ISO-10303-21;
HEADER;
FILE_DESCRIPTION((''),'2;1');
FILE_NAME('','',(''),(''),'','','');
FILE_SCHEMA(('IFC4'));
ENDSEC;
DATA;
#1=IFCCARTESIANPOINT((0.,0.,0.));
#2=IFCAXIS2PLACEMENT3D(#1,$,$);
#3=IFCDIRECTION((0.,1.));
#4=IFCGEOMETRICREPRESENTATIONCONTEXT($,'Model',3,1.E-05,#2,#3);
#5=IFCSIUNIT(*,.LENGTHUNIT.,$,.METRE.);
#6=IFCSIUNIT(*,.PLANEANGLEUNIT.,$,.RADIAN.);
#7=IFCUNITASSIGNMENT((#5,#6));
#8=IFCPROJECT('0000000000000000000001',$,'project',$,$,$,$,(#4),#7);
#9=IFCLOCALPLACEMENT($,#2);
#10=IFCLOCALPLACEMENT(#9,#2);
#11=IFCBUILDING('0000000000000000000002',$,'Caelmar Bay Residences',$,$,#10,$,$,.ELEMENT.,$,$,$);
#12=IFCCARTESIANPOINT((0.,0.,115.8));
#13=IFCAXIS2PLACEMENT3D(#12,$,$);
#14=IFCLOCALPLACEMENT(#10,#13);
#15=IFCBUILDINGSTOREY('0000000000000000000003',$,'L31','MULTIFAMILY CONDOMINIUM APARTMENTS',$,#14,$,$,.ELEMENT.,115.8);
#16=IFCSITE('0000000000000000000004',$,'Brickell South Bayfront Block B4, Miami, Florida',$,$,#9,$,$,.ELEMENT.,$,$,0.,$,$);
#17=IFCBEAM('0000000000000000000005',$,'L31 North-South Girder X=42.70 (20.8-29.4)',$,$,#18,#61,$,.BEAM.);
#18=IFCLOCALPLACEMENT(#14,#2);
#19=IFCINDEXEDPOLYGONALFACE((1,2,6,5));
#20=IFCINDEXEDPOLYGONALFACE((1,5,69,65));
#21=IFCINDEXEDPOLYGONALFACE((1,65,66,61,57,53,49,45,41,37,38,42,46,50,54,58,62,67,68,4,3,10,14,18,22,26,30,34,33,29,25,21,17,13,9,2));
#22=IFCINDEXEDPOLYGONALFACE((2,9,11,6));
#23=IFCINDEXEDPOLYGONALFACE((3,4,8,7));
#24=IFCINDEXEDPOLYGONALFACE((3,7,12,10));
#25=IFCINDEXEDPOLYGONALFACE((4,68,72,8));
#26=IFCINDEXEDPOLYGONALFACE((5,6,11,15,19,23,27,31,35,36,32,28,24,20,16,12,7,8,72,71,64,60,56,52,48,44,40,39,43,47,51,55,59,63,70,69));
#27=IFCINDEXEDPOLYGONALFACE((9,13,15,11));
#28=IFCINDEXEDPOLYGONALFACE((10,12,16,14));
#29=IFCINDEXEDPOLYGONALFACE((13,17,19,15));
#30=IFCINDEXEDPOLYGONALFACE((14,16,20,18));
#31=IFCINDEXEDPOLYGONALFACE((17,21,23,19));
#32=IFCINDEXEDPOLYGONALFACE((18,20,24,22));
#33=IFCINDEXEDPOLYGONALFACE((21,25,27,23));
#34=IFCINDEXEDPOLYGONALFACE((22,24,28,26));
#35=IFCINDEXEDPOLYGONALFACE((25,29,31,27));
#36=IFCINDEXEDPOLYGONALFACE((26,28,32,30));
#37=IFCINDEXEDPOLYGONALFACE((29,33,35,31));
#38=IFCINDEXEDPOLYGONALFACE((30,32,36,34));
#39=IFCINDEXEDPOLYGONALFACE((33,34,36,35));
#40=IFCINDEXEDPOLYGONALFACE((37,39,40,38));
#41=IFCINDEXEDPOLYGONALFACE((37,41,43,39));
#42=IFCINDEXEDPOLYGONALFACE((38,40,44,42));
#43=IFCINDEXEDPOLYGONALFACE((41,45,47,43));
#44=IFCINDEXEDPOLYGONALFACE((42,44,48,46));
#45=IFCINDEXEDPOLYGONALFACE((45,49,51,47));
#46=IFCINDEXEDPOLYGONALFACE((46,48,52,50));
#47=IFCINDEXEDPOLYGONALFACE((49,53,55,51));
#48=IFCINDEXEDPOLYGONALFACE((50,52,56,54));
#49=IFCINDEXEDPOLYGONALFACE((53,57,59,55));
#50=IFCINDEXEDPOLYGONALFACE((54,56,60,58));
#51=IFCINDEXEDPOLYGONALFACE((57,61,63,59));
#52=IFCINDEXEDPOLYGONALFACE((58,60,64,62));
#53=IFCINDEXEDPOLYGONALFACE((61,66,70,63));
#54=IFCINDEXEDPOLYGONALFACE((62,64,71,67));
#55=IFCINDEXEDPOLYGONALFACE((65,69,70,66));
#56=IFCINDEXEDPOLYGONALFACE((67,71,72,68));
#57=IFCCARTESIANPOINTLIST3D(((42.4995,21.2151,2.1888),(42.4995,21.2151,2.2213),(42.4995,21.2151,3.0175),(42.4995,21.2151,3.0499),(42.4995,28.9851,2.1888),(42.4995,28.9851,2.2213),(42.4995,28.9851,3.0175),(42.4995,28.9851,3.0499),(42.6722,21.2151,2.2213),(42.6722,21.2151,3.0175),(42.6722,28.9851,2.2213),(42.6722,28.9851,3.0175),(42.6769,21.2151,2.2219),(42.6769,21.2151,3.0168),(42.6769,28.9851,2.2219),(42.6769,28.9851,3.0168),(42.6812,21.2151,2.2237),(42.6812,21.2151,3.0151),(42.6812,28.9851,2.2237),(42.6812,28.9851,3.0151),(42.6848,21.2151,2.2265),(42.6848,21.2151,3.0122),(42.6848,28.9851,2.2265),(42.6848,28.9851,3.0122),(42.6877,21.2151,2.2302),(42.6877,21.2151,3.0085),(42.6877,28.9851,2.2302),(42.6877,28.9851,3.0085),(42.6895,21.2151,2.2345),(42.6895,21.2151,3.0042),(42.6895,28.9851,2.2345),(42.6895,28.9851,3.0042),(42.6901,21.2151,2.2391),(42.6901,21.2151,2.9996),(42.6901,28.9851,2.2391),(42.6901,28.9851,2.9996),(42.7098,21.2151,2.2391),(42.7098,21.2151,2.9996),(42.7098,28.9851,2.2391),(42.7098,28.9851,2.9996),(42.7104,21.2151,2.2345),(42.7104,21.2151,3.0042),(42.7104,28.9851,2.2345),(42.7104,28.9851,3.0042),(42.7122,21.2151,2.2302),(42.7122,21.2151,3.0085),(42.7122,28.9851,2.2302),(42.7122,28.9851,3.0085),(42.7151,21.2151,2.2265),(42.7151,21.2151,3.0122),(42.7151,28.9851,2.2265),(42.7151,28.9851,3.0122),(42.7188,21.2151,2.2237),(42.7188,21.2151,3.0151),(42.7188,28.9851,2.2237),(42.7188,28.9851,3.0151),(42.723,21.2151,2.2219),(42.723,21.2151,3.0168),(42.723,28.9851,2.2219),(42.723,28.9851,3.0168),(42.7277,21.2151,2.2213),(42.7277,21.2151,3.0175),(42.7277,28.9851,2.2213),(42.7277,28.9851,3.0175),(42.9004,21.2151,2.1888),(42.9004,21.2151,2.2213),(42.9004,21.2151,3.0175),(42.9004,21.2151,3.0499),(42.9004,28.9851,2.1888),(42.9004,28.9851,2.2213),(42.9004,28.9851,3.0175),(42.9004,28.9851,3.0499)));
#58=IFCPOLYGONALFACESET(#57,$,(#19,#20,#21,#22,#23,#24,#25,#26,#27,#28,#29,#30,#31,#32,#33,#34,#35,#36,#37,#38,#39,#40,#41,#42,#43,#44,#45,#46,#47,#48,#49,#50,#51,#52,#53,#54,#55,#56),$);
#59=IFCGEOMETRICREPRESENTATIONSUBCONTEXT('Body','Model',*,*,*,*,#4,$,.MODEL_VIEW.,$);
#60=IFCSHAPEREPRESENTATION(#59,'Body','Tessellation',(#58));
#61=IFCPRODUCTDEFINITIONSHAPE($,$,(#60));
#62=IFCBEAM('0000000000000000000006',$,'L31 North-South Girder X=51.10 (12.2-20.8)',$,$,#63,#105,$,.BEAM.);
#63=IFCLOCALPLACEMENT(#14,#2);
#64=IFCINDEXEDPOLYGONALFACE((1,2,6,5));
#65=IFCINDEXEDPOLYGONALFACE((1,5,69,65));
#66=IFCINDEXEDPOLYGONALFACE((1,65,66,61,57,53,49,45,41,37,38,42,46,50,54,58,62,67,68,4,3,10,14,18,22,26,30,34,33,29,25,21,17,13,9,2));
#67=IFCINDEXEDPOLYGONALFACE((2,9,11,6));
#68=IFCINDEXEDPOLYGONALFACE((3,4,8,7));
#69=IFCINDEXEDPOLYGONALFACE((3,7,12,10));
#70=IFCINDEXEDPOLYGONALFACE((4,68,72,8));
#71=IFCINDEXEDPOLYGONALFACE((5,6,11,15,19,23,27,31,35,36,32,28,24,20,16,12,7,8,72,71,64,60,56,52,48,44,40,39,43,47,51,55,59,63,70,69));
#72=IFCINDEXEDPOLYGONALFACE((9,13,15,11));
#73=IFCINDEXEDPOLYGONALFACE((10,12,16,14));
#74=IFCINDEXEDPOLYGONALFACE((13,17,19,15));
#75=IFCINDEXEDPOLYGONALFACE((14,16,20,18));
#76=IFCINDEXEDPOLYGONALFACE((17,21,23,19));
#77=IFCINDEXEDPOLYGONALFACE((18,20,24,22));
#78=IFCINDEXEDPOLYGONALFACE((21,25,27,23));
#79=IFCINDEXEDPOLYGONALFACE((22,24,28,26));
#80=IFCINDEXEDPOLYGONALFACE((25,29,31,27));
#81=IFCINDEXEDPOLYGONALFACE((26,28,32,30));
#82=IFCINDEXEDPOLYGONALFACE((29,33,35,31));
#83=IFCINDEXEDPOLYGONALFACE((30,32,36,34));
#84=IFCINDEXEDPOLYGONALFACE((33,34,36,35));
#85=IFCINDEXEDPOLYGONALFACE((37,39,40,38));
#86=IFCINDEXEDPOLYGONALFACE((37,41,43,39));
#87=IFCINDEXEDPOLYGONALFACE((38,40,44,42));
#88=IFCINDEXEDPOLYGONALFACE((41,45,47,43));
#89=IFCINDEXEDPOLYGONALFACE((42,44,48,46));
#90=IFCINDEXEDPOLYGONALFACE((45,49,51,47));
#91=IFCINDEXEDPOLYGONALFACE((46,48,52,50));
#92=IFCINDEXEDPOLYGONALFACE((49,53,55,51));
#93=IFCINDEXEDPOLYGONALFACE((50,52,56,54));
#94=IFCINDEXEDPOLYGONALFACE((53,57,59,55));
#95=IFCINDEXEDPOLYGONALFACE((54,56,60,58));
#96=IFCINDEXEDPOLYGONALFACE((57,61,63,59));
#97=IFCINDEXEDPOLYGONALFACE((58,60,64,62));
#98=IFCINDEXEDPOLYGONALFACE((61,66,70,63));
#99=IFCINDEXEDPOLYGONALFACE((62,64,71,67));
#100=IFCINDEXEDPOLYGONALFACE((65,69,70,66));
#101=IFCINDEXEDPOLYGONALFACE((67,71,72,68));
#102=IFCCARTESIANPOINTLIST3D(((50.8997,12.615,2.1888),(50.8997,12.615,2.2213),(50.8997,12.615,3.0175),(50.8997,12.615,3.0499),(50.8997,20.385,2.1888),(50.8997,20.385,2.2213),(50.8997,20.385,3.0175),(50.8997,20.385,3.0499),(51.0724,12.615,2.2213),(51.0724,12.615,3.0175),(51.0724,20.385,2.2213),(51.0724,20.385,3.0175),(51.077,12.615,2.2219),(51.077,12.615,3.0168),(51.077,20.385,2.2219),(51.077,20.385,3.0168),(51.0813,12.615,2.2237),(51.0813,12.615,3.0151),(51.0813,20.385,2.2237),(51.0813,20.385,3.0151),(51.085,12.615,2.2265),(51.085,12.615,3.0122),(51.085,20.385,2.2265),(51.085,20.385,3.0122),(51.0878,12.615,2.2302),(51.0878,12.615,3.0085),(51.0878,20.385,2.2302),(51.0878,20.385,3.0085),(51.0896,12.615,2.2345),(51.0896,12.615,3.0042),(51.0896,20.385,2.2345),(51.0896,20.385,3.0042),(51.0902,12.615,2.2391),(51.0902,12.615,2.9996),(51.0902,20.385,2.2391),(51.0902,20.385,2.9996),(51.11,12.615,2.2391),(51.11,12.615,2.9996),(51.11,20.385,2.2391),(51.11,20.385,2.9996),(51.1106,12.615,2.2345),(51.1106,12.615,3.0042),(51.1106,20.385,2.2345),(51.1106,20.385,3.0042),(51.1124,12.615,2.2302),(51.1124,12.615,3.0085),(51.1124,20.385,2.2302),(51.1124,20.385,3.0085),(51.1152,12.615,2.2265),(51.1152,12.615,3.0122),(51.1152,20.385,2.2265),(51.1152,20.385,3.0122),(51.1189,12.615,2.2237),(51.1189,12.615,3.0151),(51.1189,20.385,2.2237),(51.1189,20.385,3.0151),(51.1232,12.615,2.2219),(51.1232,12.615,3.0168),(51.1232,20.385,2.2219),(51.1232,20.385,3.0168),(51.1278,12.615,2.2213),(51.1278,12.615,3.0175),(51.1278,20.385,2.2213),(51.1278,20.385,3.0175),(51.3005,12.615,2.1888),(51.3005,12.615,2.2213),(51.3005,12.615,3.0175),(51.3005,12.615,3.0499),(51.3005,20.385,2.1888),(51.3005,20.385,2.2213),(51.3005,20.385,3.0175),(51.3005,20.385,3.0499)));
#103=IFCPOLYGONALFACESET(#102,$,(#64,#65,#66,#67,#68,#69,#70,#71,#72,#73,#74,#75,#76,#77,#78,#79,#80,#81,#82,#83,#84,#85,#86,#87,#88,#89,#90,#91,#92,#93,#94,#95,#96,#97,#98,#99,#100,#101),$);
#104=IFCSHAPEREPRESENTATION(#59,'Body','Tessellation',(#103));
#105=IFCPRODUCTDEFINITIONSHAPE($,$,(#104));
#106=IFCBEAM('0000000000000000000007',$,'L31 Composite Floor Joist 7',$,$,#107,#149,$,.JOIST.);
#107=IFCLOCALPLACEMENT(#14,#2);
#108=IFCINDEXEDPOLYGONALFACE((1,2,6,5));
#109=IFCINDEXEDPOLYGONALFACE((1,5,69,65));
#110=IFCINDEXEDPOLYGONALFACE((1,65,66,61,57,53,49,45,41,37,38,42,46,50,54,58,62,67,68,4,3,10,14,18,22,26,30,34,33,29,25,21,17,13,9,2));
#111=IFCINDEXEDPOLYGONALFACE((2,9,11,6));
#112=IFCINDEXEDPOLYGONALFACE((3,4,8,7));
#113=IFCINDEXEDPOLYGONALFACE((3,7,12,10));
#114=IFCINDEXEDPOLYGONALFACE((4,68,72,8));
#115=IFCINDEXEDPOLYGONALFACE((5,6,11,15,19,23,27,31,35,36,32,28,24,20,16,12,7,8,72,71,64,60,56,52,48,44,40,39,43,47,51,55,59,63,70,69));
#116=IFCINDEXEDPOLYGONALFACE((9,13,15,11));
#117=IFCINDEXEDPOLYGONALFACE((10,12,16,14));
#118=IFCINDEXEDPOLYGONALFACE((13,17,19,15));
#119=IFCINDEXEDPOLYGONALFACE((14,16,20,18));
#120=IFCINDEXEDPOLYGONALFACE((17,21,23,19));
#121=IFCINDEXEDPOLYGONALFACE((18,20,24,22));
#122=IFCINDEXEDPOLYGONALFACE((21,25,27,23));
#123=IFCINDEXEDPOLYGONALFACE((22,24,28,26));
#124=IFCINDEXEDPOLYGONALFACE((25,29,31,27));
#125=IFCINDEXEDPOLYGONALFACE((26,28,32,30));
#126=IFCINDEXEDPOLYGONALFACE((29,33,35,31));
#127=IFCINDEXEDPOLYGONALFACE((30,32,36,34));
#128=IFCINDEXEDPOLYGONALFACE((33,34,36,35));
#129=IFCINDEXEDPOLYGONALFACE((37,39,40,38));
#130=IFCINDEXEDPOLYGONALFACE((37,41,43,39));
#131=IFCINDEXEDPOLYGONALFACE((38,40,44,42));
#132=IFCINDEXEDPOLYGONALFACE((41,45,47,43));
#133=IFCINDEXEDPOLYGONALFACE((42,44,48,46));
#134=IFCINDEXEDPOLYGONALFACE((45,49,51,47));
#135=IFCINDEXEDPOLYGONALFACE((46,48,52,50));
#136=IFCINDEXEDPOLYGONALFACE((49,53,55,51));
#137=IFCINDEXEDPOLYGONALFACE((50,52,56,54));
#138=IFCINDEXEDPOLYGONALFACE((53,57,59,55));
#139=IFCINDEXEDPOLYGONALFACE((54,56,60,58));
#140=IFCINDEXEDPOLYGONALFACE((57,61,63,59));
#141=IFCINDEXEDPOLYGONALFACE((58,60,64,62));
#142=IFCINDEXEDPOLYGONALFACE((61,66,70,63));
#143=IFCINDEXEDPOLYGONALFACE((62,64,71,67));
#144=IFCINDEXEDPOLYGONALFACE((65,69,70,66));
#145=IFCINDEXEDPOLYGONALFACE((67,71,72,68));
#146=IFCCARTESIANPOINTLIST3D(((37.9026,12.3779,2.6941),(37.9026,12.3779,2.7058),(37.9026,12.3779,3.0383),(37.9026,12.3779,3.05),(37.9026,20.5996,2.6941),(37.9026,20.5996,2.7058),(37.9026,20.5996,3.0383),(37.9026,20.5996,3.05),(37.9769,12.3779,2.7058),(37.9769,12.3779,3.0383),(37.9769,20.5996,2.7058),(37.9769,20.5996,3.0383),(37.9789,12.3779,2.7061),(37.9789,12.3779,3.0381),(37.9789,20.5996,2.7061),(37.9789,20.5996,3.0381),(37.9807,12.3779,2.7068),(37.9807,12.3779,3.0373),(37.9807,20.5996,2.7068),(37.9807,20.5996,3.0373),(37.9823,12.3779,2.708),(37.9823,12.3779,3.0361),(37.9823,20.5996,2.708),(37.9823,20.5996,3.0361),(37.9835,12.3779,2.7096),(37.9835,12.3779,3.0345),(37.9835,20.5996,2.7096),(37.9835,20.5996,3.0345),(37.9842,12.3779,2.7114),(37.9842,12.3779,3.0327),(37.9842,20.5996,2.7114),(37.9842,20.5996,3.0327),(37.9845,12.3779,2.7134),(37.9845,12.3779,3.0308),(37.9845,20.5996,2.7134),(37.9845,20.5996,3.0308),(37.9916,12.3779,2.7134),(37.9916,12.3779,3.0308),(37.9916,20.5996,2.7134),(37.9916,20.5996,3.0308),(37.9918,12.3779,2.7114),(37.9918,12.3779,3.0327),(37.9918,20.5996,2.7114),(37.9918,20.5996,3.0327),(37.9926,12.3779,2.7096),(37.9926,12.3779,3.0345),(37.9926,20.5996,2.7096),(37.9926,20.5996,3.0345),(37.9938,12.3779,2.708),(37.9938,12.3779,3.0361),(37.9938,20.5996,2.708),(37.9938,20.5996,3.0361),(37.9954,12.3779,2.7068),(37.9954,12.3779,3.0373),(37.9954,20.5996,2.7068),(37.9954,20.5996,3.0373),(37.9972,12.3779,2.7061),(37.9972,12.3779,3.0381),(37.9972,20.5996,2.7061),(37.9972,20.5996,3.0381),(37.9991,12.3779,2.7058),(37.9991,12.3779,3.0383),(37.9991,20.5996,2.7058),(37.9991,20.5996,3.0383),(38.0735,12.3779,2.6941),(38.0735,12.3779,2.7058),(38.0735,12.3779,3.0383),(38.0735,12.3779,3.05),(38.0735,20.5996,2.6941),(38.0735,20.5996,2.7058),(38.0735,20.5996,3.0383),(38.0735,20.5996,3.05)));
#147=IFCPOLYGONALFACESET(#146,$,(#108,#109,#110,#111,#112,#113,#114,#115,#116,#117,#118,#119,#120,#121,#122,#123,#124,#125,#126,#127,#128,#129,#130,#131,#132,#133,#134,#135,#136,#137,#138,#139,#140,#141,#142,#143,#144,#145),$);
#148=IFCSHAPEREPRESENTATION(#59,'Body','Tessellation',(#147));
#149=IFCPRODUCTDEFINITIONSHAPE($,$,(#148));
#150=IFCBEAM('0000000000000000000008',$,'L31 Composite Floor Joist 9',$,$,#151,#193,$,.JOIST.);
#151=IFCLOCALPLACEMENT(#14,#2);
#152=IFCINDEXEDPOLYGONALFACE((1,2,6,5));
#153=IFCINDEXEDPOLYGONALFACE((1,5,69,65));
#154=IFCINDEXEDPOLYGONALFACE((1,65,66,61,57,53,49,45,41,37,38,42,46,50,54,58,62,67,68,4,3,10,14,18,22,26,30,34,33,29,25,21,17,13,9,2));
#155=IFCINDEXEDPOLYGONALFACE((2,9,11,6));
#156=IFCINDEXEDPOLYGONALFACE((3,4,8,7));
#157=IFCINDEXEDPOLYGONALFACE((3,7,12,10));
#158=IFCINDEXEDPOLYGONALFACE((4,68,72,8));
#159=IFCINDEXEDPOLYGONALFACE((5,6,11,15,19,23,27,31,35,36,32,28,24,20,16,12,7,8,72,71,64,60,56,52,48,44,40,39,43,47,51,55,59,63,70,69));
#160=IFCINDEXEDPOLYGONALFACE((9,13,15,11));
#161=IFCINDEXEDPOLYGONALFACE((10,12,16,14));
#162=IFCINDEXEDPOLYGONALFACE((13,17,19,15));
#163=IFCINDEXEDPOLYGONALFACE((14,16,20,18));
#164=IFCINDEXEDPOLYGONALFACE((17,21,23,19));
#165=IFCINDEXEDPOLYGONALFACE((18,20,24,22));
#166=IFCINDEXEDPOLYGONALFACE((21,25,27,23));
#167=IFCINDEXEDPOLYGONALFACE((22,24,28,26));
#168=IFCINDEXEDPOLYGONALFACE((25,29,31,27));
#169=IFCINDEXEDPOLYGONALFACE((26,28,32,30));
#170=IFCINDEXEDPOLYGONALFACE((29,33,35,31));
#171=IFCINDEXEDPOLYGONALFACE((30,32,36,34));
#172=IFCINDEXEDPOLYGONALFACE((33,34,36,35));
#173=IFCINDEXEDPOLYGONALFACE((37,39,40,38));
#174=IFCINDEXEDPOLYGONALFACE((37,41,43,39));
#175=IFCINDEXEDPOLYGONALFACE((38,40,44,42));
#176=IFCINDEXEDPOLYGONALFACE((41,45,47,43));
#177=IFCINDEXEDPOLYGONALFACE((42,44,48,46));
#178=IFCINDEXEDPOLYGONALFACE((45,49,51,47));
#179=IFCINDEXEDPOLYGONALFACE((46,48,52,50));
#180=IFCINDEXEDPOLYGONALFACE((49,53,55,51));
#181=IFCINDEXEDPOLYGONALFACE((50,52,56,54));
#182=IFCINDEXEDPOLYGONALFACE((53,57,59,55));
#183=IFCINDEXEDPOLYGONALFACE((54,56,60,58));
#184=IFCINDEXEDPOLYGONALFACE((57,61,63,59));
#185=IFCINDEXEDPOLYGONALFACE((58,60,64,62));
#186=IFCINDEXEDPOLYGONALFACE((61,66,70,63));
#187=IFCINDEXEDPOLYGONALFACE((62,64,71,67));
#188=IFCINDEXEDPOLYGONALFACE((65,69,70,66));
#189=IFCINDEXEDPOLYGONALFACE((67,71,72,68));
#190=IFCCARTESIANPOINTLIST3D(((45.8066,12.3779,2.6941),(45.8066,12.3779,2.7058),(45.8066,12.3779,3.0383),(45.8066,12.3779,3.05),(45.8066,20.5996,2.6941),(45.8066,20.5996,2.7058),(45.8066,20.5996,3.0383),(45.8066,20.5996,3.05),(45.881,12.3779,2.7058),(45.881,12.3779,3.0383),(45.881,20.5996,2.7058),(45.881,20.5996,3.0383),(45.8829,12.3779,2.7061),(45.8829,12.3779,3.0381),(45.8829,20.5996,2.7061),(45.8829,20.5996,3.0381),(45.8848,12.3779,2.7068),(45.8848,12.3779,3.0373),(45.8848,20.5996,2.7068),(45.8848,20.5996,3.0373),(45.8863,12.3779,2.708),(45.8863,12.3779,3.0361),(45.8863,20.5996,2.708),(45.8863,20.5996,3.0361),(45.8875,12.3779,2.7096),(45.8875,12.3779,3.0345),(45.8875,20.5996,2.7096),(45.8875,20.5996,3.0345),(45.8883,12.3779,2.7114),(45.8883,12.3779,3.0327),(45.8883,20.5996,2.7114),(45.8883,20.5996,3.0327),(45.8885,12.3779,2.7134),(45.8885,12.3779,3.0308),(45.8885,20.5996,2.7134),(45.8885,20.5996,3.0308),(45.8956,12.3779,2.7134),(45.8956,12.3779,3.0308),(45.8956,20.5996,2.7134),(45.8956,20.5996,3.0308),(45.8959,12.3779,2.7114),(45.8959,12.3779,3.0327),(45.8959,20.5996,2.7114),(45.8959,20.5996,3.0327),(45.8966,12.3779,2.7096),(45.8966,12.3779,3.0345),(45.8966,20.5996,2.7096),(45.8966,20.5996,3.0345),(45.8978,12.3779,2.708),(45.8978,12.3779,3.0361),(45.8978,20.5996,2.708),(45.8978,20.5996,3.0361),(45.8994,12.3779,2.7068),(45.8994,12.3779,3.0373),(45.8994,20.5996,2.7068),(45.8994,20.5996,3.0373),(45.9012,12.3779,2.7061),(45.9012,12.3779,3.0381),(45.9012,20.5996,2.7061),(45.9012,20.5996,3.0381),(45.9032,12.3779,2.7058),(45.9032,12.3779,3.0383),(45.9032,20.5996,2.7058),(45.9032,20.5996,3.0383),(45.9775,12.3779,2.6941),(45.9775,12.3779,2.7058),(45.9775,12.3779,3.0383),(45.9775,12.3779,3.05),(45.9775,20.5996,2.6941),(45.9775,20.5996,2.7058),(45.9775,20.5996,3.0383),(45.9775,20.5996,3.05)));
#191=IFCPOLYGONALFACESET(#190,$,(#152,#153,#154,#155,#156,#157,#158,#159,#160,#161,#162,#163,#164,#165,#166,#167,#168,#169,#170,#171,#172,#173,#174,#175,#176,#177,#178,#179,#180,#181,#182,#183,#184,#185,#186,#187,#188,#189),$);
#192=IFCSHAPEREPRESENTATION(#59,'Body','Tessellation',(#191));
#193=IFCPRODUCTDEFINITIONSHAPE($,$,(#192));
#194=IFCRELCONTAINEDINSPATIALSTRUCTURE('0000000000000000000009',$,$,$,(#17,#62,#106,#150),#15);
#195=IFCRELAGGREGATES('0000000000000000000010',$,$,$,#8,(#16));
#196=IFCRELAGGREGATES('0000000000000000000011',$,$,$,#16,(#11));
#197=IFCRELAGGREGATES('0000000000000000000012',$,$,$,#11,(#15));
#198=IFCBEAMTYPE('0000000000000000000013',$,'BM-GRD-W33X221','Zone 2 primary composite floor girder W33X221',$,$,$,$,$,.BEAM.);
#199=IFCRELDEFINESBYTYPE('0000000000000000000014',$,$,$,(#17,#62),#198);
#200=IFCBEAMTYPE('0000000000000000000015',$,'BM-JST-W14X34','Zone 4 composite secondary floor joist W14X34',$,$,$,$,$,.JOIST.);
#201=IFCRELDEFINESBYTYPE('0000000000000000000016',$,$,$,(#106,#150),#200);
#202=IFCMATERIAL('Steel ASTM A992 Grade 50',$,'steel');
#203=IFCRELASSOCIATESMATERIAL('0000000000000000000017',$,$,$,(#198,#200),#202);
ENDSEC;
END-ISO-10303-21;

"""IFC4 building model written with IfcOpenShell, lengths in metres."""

from ifc_helpers import new_model, si_unit, direction, frame, origin, origin_2d, place, context, subcontext, project, spatial, i_section, extrude, material, material_profile, profile_set, type_object, element, save


model = new_model("IFC4")

# Units and contexts
model_context = context("Model", 3, precision=1e-05, world=origin(), true_north=direction((0.0, 1.0)))
body_context = subcontext(model_context, "Body", "Model", "MODEL_VIEW")
ifc_project = project(units=[si_unit("LENGTHUNIT", "METRE"), si_unit("PLANEANGLEUNIT", "RADIAN")], contexts=[model_context])

# Site, building, storey
site_placement = place(None, origin())
site = spatial("IfcSite", under=ifc_project, at=site_placement, Name="Brickell South Bayfront Block B4, Miami, Florida", CompositionType="ELEMENT", RefElevation=0.0)
building_placement = place(site_placement, origin())
building = spatial("IfcBuilding", under=site, at=building_placement, Name="Caelmar Bay Residences", CompositionType="ELEMENT")
storey_placement = place(building_placement, frame((0.0, 0.0, 115.8)))
storey = spatial("IfcBuildingStorey", under=building, at=storey_placement, Name="L31", Description="MULTIFAMILY CONDOMINIUM APARTMENTS", CompositionType="ELEMENT", Elevation=115.8)

# Beams
ifc_material_1 = material(Name="Steel ASTM A992 Grade 50", Category="steel")
ifc_material_profile_1 = material_profile(ifc_material_1, i_section(OverallWidth=0.4009, OverallDepth=0.8611, WebThickness=0.0198, FlangeThickness=0.0325, FilletRadius=0.0178, at=origin_2d()), Name="W33X221")
ifc_profile_set_1 = profile_set([ifc_material_profile_1], Name="Steel ASTM A992 Grade 50")
beam_type_1 = type_object("IfcBeamType", Name="BM-GRD-W33X221", Description="Zone 2 primary composite floor girder W33X221", PredefinedType="BEAM", material=ifc_profile_set_1)
for number, where, z_axis, x_axis, name in (
    (1, (42.7, 21.2151, 2.6194), (0.0, 1.0, 0.0), (-1.0, 0.0, 0.0), "L31 North-South Girder X=42.70 (20.8-29.4)"),
    (2, (51.1001, 12.615, 2.6194), (0.0, 1.0, 0.0), (-1.0, 0.0, 0.0), "L31 North-South Girder X=51.10 (12.2-20.8)"),
):
    element("IfcBeam", number, at=place(storey_placement, frame(where, z_axis=z_axis, x_axis=x_axis)), inside=storey, type_object=beam_type_1, Name=name, PredefinedType="BEAM", context=body_context, shape_type="SweptSolid", body=[
        extrude(i_section(OverallWidth=0.4009, OverallDepth=0.8611, WebThickness=0.0198, FlangeThickness=0.0325, FilletRadius=0.0178, at=origin_2d()), origin(), (0.0, 0.0, 1.0), 7.77),
    ])
ifc_material_profile_2 = material_profile(ifc_material_1, i_section(OverallWidth=0.1709, OverallDepth=0.356, WebThickness=0.0071, FlangeThickness=0.0117, FilletRadius=0.0076, at=origin_2d()), Name="W14X34")
ifc_profile_set_2 = profile_set([ifc_material_profile_2], Name="Steel ASTM A992 Grade 50")
beam_type_2 = type_object("IfcBeamType", Name="BM-JST-W14X34", Description="Zone 4 composite secondary floor joist W14X34", PredefinedType="JOIST", material=ifc_profile_set_2)
for number, where, z_axis, x_axis, name in (
    (3, (37.988, 12.3779, 2.8721), (0.0, 1.0, 0.0), (-1.0, 0.0, 0.0), "L31 Composite Floor Joist 7"),
    (4, (45.8921, 12.3779, 2.8721), (0.0, 1.0, 0.0), (-1.0, 0.0, 0.0), "L31 Composite Floor Joist 9"),
):
    element("IfcBeam", number, at=place(storey_placement, frame(where, z_axis=z_axis, x_axis=x_axis)), inside=storey, type_object=beam_type_2, Name=name, PredefinedType="JOIST", context=body_context, shape_type="SweptSolid", body=[
        extrude(i_section(OverallWidth=0.1709, OverallDepth=0.356, WebThickness=0.0071, FlangeThickness=0.0117, FilletRadius=0.0076, at=origin_2d()), origin(), (0.0, 0.0, 1.0), 8.2217),
    ])

save(model, "model.ifc")
